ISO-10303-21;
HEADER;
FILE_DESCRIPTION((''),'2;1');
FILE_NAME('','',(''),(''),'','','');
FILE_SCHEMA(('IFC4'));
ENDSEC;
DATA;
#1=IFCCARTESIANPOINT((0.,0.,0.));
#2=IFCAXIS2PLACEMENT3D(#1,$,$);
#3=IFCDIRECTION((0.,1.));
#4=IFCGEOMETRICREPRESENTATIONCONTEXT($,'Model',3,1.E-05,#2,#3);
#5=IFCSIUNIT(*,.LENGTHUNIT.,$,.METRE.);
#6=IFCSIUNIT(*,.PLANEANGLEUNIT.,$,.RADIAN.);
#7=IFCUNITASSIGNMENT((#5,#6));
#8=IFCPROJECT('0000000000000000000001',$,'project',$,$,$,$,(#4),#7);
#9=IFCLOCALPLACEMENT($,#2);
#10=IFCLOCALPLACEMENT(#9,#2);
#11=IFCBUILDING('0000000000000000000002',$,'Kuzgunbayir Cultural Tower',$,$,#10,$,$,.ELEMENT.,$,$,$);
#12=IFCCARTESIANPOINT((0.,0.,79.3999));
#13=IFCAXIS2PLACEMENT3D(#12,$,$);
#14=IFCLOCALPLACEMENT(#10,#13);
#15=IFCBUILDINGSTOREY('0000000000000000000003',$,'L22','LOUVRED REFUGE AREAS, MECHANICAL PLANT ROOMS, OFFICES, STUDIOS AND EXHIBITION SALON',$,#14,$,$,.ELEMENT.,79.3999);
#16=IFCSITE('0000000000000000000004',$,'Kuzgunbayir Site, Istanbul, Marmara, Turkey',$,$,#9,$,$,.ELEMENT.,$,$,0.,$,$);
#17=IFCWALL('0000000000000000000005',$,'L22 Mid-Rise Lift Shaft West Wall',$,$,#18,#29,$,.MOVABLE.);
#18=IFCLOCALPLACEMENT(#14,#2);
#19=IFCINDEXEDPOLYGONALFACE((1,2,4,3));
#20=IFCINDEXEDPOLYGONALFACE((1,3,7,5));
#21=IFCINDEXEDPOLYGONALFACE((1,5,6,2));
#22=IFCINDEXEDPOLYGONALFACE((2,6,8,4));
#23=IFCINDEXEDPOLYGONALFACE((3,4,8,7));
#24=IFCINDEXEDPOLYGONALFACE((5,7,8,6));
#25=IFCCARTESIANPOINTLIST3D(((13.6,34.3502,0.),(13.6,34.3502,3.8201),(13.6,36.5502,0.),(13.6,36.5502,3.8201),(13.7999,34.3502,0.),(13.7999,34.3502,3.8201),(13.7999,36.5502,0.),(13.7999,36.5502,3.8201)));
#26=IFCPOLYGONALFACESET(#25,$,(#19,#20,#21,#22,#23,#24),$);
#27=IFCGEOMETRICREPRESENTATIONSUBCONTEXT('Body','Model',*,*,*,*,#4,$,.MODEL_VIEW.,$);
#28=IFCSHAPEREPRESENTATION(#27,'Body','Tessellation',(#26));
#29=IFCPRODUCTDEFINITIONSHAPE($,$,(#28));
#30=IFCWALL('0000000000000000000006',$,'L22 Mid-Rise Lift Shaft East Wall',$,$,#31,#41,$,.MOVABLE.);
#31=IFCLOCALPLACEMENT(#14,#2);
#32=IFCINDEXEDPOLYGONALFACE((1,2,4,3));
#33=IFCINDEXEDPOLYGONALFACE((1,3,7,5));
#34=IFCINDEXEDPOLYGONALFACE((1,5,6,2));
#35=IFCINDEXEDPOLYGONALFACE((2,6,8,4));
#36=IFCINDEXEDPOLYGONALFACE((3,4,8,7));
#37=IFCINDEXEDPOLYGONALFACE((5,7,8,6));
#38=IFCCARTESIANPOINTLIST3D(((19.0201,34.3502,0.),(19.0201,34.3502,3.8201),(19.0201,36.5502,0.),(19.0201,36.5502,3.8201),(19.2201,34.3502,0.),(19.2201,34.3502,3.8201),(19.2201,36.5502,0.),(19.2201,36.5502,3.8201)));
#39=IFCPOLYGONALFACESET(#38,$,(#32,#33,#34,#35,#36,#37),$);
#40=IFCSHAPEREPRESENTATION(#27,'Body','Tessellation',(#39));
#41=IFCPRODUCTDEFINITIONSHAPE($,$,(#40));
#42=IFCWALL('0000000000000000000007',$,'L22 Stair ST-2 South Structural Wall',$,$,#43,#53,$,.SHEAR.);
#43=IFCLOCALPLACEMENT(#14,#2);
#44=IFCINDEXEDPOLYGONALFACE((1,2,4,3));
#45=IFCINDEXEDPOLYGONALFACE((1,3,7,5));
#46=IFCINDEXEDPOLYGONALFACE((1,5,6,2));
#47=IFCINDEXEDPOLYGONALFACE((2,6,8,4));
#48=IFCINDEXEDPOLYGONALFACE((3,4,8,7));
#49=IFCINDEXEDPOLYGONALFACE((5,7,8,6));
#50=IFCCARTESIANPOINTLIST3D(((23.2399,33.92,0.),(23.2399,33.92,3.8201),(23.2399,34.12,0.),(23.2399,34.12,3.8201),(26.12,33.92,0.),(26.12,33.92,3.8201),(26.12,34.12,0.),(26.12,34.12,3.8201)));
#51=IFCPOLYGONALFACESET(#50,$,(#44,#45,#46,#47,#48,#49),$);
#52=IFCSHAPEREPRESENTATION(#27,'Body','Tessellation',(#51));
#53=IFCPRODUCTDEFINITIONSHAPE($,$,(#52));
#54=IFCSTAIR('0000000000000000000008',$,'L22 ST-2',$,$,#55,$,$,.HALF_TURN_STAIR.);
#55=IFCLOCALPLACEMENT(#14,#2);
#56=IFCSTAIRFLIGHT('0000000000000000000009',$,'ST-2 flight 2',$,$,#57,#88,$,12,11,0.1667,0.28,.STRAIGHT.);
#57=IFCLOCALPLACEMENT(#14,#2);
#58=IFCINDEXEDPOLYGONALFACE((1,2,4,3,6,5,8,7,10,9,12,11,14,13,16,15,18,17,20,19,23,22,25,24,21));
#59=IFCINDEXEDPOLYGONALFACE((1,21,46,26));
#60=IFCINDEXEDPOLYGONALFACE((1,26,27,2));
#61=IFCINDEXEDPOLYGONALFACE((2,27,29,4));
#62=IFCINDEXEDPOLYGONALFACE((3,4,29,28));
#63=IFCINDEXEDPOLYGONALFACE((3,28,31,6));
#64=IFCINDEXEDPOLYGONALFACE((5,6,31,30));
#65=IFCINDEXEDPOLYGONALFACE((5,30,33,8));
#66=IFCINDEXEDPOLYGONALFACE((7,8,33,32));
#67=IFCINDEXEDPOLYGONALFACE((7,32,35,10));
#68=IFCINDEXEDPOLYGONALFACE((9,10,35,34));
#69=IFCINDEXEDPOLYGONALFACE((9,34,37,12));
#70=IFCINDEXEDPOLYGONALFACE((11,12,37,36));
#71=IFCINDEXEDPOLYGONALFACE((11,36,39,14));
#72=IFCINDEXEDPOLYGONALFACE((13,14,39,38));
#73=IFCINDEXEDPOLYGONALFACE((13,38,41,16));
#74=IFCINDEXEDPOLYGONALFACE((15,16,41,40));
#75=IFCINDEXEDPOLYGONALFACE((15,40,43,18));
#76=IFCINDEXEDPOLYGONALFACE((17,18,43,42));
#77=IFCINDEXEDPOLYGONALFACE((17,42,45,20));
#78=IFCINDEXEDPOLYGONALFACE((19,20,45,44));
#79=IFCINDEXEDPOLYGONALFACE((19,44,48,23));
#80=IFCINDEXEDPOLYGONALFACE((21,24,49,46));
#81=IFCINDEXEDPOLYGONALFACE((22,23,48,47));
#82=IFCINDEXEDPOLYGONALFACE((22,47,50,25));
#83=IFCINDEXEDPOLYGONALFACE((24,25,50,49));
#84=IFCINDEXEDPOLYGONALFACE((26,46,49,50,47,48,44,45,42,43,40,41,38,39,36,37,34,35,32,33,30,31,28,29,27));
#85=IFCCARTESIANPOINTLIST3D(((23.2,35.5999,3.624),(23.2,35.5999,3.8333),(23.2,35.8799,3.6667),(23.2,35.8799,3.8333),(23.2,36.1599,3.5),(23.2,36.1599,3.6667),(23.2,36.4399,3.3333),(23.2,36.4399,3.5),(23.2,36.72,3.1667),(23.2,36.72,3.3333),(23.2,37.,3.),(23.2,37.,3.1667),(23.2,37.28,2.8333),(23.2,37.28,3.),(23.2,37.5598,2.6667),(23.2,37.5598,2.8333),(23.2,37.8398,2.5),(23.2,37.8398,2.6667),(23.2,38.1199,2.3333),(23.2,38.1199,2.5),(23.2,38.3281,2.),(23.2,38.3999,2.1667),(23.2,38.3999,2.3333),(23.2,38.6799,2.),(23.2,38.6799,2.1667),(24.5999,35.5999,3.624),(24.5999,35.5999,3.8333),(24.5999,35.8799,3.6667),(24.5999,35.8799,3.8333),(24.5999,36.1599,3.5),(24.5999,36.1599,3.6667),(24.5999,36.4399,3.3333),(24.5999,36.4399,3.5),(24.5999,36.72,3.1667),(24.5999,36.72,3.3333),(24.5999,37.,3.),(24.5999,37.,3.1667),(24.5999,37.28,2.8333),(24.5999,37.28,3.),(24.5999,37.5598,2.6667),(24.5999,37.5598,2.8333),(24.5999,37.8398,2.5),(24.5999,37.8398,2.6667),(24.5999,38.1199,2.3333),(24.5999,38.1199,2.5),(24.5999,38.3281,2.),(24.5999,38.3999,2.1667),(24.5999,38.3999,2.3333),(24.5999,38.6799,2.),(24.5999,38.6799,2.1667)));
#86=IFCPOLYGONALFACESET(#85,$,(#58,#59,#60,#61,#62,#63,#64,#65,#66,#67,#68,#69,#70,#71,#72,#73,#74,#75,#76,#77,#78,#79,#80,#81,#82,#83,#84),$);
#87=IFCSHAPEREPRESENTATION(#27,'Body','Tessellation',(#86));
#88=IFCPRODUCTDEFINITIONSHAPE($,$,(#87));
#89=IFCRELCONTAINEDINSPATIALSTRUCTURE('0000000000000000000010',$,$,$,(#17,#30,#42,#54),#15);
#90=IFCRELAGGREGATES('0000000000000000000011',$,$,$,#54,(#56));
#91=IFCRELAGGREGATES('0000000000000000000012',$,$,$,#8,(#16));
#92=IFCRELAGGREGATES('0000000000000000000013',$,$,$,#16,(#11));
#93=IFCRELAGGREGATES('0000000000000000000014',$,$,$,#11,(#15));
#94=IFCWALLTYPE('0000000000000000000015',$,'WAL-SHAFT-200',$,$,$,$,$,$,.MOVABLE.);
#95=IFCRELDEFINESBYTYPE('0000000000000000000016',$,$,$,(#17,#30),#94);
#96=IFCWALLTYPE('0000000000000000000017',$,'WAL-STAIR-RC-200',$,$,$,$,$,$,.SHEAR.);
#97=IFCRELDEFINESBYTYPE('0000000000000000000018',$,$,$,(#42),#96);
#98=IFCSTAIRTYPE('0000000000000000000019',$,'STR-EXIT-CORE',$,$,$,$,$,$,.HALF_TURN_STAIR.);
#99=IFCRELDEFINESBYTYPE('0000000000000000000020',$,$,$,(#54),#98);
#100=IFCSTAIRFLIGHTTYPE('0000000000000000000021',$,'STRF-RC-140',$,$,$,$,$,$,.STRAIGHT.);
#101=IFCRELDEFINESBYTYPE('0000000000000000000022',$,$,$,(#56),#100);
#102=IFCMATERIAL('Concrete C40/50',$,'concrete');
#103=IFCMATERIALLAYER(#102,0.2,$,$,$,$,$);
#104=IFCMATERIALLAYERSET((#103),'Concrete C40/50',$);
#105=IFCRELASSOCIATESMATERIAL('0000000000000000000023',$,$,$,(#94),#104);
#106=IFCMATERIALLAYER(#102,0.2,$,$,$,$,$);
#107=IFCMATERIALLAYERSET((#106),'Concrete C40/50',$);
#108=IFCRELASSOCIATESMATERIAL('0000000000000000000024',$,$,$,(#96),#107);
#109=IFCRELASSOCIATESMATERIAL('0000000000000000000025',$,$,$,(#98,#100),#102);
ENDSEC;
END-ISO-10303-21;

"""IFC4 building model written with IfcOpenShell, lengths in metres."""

from ifc_helpers import new_model, si_unit, direction, frame, frame_2d, origin, place, context, subcontext, project, spatial, polyline, rectangle, outline, extrude, material, layer, layer_set, type_object, element, aggregate, save


model = new_model("IFC4")

# Units and contexts
model_context = context("Model", 3, precision=1e-05, world=origin(), true_north=direction((0.0, 1.0)))
body_context = subcontext(model_context, "Body", "Model", "MODEL_VIEW")
ifc_project = project(units=[si_unit("LENGTHUNIT", "METRE"), si_unit("PLANEANGLEUNIT", "RADIAN")], contexts=[model_context])

# Site, building, storey
site_placement = place(None, origin())
site = spatial("IfcSite", under=ifc_project, at=site_placement, Name="Kuzgunbayir Site, Istanbul, Marmara, Turkey", CompositionType="ELEMENT", RefElevation=0.0)
building_placement = place(site_placement, origin())
building = spatial("IfcBuilding", under=site, at=building_placement, Name="Kuzgunbayir Cultural Tower", CompositionType="ELEMENT")
storey_placement = place(building_placement, frame((0.0, 0.0, 79.3999)))
storey = spatial("IfcBuildingStorey", under=building, at=storey_placement, Name="L22", Description="LOUVRED REFUGE AREAS, MECHANICAL PLANT ROOMS, OFFICES, STUDIOS AND EXHIBITION SALON", CompositionType="ELEMENT", Elevation=79.3999)

# Shared definitions
ifc_material_1 = material(Name="Concrete C40/50", Category="concrete")
ifc_layer_1 = layer(ifc_material_1, 0.2)
ifc_layer_set_1 = layer_set([ifc_layer_1], Name="Concrete C40/50")
wall_type_1 = type_object("IfcWallType", Name="WAL-SHAFT-200", PredefinedType="MOVABLE", material=ifc_layer_set_1)

# Walls
for number, where, z_axis, x_axis, name in (
    (1, (13.7, 34.3501, 0.0), (0.0, 0.0, 1.0), (0.0, 1.0, 0.0), "L22 Mid-Rise Lift Shaft West Wall"),
    (2, (19.1201, 34.3501, 0.0), (0.0, 0.0, 1.0), (0.0, 1.0, 0.0), "L22 Mid-Rise Lift Shaft East Wall"),
):
    element("IfcWall", number, at=place(storey_placement, frame(where, z_axis=z_axis, x_axis=x_axis)), inside=storey, type_object=wall_type_1, Name=name, PredefinedType="MOVABLE", context=body_context, shape_type="SweptSolid", body=[
        extrude(rectangle(XDim=2.2, YDim=0.2, at=frame_2d((1.1001, 0.0))), origin(), (0.0, 0.0, 1.0), 3.8201),
    ])
ifc_layer_2 = layer(ifc_material_1, 0.2)
ifc_layer_set_2 = layer_set([ifc_layer_2], Name="Concrete C40/50")
wall_type_2 = type_object("IfcWallType", Name="WAL-STAIR-RC-200", PredefinedType="SHEAR", material=ifc_layer_set_2)
wall_1_placement = place(storey_placement, frame((23.24, 34.02, 0.0), z_axis=(0.0, 0.0, 1.0), x_axis=(1.0, 0.0, 0.0)))
element("IfcWall", 3, at=wall_1_placement, inside=storey, type_object=wall_type_2, Name="L22 Stair ST-2 South Structural Wall", PredefinedType="SHEAR", context=body_context, shape_type="SweptSolid", body=[
    extrude(rectangle(XDim=2.8801, YDim=0.2, at=frame_2d((1.4399, 0.0))), origin(), (0.0, 0.0, 1.0), 3.8201),
])

# Stair, stair flight
stair_type = type_object("IfcStairType", Name="STR-EXIT-CORE", PredefinedType="HALF_TURN_STAIR", material=ifc_material_1)
stair_placement = place(storey_placement, origin())
stair = element("IfcStair", 4, at=stair_placement, inside=storey, type_object=stair_type, Name="L22 ST-2", PredefinedType="HALF_TURN_STAIR")
stair_flight_type = type_object("IfcStairFlightType", Name="STRF-RC-140", PredefinedType="STRAIGHT", material=ifc_material_1)
stair_flight_placement = place(storey_placement, frame((23.8999, 38.6799, 2.0), z_axis=(0.0, 0.0, 1.0), x_axis=(0.0, -1.0, 0.0)))
stair_flight = element("IfcStairFlight", 5, at=stair_flight_placement, type_object=stair_flight_type, Name="ST-2 flight 2", NumberOfRisers=12, NumberOfTreads=11, PredefinedType="STRAIGHT", RiserHeight=0.1667, TreadLength=0.28, context=body_context, shape_type="SweptSolid", body=[
    extrude(outline(polyline([(0.0, 0.0), (0.0, 0.1667), (0.28, 0.1667), (0.28, 0.3333), (0.5601, 0.3333), (0.5601, 0.5), (0.8401, 0.5), (0.8401, 0.6667), (1.1201, 0.6667), (1.1201, 0.8333), (1.3999, 0.8333), (1.3999, 1.0), (1.6799, 1.0), (1.6799, 1.1667), (1.96, 1.1667), (1.96, 1.3333), (2.24, 1.3333), (2.24, 1.5), (2.52, 1.5), (2.52, 1.6667), (2.8, 1.6667), (2.8, 1.8333), (3.0801, 1.8333), (3.0801, 2.0), (3.0801, 1.624), (0.3518, 0.0), (0.0, 0.0)])), frame((0.0, 0.7, 0.0), z_axis=(0.0, -1.0, 0.0), x_axis=(1.0, 0.0, 0.0)), (0.0, 0.0, 1.0), 1.3999),
])
aggregate(stair, [stair_flight])

save(model, "model.ifc")
